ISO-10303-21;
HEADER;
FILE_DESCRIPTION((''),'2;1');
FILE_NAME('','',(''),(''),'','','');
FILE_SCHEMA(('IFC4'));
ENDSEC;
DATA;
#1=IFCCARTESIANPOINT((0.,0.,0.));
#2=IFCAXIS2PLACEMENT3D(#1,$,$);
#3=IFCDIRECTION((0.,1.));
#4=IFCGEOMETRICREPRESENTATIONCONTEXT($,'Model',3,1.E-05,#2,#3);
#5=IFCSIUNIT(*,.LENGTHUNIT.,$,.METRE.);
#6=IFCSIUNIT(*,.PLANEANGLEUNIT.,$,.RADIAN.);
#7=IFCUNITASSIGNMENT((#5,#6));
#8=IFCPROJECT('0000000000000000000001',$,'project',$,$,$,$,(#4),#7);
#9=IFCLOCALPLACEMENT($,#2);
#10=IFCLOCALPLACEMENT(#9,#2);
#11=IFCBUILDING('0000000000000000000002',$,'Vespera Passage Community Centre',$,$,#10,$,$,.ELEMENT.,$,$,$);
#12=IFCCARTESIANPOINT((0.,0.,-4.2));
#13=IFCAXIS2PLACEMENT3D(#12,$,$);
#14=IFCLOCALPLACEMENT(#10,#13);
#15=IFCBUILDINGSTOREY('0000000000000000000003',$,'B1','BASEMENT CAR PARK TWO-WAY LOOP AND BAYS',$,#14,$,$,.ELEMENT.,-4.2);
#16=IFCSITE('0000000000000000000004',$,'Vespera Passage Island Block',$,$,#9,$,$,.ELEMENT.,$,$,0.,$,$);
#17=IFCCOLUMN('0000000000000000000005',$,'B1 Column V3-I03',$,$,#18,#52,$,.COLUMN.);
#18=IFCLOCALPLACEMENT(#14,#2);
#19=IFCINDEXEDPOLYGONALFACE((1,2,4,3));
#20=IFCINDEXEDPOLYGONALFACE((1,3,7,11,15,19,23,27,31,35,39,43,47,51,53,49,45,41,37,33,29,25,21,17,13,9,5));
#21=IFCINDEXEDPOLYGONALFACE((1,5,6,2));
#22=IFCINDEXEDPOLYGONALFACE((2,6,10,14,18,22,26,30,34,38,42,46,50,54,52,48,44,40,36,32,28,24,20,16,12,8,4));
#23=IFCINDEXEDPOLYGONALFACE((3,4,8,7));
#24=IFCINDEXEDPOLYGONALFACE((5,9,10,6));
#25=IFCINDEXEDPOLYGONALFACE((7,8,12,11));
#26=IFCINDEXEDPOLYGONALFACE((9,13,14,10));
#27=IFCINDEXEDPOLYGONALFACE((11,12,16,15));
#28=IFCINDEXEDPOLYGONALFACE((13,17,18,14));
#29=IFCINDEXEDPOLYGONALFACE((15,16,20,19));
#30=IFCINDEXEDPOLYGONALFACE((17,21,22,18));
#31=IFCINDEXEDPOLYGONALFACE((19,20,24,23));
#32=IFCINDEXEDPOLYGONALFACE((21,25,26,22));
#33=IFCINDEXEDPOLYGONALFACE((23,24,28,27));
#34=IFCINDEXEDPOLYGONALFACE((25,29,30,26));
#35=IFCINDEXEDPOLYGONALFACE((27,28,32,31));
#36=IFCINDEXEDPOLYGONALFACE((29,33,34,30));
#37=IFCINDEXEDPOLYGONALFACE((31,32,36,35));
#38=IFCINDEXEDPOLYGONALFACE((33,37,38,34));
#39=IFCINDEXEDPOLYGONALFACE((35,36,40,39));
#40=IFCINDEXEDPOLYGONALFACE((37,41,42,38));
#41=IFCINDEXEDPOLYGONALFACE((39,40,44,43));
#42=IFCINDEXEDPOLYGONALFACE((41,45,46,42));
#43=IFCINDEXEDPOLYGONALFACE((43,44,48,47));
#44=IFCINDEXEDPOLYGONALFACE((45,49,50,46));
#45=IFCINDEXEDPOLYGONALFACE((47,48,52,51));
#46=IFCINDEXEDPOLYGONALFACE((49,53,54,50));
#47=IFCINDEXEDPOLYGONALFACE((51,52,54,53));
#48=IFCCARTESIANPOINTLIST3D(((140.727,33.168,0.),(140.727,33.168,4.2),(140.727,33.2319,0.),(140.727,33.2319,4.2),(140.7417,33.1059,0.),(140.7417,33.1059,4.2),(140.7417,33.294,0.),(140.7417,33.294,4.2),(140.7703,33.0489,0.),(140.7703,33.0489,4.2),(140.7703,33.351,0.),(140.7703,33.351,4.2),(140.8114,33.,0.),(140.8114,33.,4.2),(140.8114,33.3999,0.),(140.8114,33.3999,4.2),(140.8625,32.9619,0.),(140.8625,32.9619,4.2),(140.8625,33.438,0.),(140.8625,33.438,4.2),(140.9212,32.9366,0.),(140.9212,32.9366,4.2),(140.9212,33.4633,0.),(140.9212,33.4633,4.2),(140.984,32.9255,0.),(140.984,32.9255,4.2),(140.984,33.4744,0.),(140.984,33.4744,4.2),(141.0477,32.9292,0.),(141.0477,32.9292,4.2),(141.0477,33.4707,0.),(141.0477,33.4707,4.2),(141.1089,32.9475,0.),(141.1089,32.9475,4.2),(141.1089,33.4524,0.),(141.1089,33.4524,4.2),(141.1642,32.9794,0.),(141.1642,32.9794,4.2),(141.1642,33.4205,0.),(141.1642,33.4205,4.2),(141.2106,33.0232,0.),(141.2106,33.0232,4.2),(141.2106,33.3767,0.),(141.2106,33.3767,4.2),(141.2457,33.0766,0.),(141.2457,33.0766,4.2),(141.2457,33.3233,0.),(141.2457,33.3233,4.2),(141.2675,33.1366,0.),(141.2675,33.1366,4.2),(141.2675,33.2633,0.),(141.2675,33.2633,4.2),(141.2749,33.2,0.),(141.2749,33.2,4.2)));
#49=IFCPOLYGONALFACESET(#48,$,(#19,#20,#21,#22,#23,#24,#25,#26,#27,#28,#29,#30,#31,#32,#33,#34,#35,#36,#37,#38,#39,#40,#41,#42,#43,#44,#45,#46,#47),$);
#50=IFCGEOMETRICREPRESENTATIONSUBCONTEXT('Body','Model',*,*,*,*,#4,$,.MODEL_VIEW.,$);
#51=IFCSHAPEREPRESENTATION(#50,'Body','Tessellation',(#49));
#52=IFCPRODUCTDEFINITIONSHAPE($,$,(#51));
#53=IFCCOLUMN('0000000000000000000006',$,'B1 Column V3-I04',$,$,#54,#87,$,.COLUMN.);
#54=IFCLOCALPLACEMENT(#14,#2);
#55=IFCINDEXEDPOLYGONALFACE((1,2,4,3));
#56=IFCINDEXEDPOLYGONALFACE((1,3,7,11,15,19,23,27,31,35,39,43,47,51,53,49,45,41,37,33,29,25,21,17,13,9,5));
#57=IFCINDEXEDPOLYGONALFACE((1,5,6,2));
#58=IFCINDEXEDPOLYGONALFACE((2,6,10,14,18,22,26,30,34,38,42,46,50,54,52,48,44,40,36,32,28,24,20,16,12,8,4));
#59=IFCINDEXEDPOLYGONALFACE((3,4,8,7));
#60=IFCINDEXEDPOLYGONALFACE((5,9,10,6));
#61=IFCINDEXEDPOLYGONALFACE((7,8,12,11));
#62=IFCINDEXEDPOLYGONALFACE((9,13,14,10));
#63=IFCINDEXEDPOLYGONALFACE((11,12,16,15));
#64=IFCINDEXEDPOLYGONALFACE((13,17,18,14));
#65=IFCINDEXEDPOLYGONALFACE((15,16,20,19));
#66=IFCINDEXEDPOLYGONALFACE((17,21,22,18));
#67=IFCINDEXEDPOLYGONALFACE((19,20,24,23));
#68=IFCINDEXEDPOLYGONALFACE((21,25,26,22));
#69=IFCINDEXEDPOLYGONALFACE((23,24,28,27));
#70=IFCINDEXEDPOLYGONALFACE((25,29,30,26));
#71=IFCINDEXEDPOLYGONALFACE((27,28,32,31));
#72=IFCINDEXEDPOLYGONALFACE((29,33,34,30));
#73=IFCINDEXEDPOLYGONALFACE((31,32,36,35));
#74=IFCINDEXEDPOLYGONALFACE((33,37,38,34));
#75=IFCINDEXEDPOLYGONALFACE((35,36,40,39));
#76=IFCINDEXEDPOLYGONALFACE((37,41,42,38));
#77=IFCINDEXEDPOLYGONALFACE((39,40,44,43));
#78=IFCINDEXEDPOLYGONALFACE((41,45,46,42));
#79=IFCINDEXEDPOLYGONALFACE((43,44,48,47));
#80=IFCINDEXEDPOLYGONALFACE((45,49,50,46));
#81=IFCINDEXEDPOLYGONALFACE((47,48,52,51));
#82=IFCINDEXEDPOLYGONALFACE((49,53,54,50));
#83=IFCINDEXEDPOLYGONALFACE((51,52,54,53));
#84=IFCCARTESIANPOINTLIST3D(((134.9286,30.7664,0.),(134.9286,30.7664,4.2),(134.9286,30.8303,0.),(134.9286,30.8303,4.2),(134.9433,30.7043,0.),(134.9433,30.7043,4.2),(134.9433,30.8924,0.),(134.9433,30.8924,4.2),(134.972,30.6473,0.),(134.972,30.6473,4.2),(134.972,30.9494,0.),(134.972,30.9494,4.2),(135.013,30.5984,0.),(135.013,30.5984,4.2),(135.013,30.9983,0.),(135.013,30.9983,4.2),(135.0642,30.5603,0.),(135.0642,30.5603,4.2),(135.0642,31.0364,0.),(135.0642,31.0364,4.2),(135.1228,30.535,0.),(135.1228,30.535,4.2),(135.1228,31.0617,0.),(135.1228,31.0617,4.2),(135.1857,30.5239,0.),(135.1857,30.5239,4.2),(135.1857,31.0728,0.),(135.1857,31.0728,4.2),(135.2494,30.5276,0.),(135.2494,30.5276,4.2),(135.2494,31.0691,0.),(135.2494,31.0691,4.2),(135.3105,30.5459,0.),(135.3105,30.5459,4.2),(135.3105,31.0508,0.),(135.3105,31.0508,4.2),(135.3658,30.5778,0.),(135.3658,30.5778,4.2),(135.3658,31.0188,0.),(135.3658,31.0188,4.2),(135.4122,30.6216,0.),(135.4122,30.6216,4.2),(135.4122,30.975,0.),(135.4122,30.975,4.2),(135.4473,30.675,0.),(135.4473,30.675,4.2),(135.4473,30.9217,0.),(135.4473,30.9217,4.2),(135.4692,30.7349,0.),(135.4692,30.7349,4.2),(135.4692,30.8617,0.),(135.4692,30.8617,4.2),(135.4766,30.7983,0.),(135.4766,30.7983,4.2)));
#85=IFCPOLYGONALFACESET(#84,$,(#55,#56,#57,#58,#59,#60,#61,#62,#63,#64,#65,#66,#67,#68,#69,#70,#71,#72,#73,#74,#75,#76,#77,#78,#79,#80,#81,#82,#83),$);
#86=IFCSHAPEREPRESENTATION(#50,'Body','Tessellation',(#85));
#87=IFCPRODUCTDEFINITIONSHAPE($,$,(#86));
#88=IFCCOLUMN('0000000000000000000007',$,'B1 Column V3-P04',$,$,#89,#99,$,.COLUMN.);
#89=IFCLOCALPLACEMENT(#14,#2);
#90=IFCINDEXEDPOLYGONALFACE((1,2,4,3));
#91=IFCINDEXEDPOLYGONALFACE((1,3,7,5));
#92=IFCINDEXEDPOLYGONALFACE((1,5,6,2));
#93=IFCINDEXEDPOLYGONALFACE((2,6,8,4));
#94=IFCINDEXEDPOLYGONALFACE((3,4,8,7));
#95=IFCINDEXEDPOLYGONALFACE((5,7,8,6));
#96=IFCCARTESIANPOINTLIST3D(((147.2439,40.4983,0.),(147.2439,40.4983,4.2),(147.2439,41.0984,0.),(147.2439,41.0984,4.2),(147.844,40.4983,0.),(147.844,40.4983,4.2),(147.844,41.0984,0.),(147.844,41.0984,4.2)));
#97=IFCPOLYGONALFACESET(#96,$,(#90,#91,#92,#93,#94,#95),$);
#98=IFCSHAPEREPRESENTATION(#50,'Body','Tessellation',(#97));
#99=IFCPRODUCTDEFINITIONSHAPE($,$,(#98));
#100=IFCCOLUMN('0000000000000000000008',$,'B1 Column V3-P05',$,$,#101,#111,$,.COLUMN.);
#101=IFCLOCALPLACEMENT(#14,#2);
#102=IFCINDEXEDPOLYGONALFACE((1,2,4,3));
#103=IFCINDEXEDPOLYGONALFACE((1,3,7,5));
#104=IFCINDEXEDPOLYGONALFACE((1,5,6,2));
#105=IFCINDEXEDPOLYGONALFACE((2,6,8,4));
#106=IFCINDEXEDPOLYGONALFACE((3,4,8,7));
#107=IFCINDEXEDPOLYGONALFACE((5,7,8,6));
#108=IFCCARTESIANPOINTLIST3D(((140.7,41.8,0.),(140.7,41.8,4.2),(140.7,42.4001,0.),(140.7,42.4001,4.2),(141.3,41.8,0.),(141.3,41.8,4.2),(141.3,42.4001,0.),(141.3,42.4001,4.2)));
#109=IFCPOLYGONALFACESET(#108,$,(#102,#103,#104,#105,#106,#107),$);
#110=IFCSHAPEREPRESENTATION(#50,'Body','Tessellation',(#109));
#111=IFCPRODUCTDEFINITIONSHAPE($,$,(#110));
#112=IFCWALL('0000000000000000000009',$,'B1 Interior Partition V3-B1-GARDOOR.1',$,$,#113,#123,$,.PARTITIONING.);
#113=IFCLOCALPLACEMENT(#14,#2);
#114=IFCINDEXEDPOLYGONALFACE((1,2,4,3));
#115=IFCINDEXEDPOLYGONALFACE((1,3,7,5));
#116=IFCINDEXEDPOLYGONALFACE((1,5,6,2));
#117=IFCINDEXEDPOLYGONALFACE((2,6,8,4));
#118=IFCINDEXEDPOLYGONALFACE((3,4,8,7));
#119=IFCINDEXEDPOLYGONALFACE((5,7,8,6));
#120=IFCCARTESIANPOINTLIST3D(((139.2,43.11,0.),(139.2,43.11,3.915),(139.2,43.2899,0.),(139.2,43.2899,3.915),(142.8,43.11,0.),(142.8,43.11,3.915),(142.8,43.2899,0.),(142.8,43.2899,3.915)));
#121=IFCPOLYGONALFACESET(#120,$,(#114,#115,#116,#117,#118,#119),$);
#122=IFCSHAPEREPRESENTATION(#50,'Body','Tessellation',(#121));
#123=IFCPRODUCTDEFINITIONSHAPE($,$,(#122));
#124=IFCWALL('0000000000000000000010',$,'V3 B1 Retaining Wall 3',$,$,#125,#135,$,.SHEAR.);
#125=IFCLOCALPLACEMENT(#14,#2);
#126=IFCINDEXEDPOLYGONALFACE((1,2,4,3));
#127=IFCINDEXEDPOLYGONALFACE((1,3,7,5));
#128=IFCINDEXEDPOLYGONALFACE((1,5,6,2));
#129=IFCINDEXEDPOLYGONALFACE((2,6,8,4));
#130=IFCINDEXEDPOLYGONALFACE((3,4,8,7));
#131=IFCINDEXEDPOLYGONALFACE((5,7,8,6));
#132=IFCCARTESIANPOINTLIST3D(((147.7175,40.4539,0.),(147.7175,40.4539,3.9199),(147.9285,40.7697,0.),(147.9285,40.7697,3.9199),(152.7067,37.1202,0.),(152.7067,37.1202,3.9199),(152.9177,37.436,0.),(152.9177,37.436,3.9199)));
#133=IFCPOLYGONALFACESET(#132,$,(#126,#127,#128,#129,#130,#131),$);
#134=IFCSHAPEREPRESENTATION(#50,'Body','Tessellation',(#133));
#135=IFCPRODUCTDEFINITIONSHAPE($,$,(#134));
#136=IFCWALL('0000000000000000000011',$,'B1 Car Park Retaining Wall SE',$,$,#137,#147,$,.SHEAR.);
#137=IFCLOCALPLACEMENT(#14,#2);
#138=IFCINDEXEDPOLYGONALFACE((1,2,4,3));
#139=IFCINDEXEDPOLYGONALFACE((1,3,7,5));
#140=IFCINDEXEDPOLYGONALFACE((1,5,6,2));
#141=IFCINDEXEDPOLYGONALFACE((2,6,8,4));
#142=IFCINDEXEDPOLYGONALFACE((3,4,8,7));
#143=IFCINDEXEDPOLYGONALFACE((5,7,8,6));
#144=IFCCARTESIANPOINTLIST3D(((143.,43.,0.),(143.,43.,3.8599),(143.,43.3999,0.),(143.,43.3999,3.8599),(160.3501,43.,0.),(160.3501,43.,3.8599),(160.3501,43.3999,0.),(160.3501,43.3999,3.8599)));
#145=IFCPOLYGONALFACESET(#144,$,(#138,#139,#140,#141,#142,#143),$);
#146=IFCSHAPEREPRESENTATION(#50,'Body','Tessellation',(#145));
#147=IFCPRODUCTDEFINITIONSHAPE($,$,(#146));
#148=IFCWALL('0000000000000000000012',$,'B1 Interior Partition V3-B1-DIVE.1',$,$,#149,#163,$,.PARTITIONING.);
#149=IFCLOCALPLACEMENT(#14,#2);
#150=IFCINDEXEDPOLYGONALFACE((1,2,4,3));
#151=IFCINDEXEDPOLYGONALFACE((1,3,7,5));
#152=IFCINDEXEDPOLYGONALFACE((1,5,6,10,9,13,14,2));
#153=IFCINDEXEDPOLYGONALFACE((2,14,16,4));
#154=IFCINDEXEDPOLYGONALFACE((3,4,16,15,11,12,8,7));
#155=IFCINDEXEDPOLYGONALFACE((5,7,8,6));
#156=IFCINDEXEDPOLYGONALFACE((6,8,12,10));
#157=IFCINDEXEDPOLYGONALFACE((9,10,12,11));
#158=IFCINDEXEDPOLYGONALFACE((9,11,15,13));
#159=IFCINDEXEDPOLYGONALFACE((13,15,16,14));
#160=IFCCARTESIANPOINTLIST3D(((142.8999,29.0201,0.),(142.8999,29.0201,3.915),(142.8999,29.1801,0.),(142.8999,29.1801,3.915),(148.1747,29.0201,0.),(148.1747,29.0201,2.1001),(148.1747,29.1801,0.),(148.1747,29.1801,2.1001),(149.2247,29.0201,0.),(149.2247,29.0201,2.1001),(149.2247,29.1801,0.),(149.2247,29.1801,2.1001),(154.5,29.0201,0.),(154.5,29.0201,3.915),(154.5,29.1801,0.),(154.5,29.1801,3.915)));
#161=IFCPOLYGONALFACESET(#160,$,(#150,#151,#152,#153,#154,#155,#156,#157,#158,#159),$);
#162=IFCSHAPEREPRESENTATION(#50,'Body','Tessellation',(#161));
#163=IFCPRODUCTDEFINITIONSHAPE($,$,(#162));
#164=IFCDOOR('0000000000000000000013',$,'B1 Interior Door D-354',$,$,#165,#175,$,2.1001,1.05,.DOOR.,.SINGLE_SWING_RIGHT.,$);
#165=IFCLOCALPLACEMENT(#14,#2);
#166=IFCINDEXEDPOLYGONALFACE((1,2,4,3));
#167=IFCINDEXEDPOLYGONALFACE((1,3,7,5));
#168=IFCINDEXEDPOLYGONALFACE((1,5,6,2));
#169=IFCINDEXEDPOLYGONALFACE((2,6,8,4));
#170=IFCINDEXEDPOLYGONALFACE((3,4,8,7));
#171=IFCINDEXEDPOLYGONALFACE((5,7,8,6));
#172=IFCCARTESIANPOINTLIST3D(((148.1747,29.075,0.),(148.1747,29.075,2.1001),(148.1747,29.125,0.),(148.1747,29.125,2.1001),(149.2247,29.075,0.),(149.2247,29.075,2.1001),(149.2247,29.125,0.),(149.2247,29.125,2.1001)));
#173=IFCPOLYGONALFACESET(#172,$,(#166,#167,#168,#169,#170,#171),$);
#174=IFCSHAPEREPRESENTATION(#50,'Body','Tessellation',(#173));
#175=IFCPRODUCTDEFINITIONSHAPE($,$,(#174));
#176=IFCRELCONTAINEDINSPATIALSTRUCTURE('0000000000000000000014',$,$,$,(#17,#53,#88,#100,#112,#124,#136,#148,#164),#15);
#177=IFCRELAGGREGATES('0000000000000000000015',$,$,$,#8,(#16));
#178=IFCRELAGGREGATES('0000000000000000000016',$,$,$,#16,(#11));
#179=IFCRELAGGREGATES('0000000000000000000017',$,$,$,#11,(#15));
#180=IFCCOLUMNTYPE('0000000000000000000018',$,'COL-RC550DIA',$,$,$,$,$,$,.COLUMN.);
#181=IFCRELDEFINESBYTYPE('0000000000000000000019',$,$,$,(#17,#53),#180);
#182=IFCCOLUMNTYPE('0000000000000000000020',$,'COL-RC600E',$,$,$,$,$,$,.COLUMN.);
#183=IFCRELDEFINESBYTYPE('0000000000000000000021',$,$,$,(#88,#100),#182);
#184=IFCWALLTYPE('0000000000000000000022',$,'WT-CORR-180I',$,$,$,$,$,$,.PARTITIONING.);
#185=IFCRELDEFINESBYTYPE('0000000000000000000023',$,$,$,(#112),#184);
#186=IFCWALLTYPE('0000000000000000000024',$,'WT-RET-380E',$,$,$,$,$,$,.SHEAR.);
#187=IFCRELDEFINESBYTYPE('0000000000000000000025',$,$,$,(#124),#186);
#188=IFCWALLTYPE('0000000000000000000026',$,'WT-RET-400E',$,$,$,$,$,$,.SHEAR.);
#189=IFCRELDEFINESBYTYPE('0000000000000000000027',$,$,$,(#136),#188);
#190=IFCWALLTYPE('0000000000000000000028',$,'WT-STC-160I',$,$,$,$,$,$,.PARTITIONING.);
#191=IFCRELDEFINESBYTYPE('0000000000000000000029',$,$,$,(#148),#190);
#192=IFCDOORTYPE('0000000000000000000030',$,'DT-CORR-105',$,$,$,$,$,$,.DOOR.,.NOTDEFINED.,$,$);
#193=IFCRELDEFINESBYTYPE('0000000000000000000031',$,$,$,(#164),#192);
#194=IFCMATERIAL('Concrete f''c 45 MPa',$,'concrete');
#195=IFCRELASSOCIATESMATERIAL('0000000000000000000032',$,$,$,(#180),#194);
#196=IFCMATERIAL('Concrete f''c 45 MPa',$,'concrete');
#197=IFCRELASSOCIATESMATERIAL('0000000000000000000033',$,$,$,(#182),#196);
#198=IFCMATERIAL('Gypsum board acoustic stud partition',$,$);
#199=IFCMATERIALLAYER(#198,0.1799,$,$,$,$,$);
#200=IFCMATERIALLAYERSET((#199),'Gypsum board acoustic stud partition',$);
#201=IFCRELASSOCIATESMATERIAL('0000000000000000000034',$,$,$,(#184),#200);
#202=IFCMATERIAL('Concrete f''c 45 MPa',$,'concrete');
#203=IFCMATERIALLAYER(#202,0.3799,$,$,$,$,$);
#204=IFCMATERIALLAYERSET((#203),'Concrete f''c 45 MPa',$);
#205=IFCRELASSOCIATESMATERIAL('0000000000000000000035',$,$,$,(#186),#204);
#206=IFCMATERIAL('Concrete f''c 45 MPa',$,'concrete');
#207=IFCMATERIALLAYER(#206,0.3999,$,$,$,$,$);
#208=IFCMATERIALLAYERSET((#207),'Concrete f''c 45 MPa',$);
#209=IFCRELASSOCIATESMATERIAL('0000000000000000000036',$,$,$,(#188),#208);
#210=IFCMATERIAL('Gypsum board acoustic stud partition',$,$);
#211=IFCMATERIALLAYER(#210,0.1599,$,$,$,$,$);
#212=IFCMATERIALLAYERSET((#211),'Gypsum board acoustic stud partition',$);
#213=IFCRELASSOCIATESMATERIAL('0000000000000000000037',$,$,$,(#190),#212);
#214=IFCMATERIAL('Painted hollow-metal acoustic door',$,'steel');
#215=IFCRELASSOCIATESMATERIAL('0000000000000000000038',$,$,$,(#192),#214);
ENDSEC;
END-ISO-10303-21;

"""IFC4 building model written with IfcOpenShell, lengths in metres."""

from ifc_helpers import new_model, si_unit, direction, frame, frame_2d, origin, origin_2d, place, context, subcontext, project, spatial, rectangle, circle, extrude, material, layer, layer_set, material_profile, profile_set, type_object, element, fill, save


model = new_model("IFC4")

# Units and contexts
model_context = context("Model", 3, precision=1e-05, world=origin(), true_north=direction((0.0, 1.0)))
body_context = subcontext(model_context, "Body", "Model", "MODEL_VIEW")
ifc_project = project(units=[si_unit("LENGTHUNIT", "METRE"), si_unit("PLANEANGLEUNIT", "RADIAN")], contexts=[model_context])

# Site, building, storey
site_placement = place(None, origin())
site = spatial("IfcSite", under=ifc_project, at=site_placement, Name="Vespera Passage Island Block", CompositionType="ELEMENT", RefElevation=0.0)
building_placement = place(site_placement, origin())
building = spatial("IfcBuilding", under=site, at=building_placement, Name="Vespera Passage Community Centre", CompositionType="ELEMENT")
storey_placement = place(building_placement, frame((0.0, 0.0, -4.2)))
storey = spatial("IfcBuildingStorey", under=building, at=storey_placement, Name="B1", Description="BASEMENT CAR PARK TWO-WAY LOOP AND BAYS", CompositionType="ELEMENT", Elevation=-4.2)

# Columns
ifc_material_1 = material(Name="Concrete f'c 45 MPa", Category="concrete")
ifc_material_profile_1 = material_profile(ifc_material_1, circle(Radius=0.2749, at=origin_2d()), Name="RC550DIA")
ifc_profile_set_1 = profile_set([ifc_material_profile_1], Name="Concrete f'c 45 MPa")
column_type_1 = type_object("IfcColumnType", Name="COL-RC550DIA", PredefinedType="COLUMN", material=ifc_profile_set_1)
for number, where, z_axis, x_axis, name in (
    (1, (141.0, 33.2, 0.0), (0.0, 0.0, 1.0), (1.0, 0.0, 0.0), "B1 Column V3-I03"),
    (2, (135.2017, 30.7983, 0.0), (0.0, 0.0, 1.0), (1.0, 0.0, 0.0), "B1 Column V3-I04"),
):
    element("IfcColumn", number, at=place(storey_placement, frame(where, z_axis=z_axis, x_axis=x_axis)), inside=storey, type_object=column_type_1, Name=name, PredefinedType="COLUMN", context=body_context, shape_type="SweptSolid", body=[
        extrude(circle(Radius=0.2749, at=origin_2d()), origin(), (0.0, 0.0, 1.0), 4.2),
    ])
ifc_material_2 = material(Name="Concrete f'c 45 MPa", Category="concrete")
ifc_material_profile_2 = material_profile(ifc_material_2, rectangle(XDim=0.6001, YDim=0.6001, at=origin_2d()), Name="RC600X600")
ifc_profile_set_2 = profile_set([ifc_material_profile_2], Name="Concrete f'c 45 MPa")
column_type_2 = type_object("IfcColumnType", Name="COL-RC600E", PredefinedType="COLUMN", material=ifc_profile_set_2)
for number, where, z_axis, x_axis, name in (
    (3, (147.5439, 40.7983, 0.0), (0.0, 0.0, 1.0), (1.0, 0.0, 0.0), "B1 Column V3-P04"),
    (4, (141.0, 42.1001, 0.0), (0.0, 0.0, 1.0), (1.0, 0.0, 0.0), "B1 Column V3-P05"),
):
    element("IfcColumn", number, at=place(storey_placement, frame(where, z_axis=z_axis, x_axis=x_axis)), inside=storey, type_object=column_type_2, Name=name, PredefinedType="COLUMN", context=body_context, shape_type="SweptSolid", body=[
        extrude(rectangle(XDim=0.6001, YDim=0.6001, at=origin_2d()), origin(), (0.0, 0.0, 1.0), 4.2),
    ])

# Walls
ifc_material_3 = material(Name="Gypsum board acoustic stud partition")
ifc_layer_1 = layer(ifc_material_3, 0.1799)
ifc_layer_set_1 = layer_set([ifc_layer_1], Name="Gypsum board acoustic stud partition")
wall_type_1 = type_object("IfcWallType", Name="WT-CORR-180I", PredefinedType="PARTITIONING", material=ifc_layer_set_1)
wall_1_placement = place(storey_placement, frame((139.2, 43.2, 0.0), z_axis=(0.0, 0.0, 1.0), x_axis=(1.0, 0.0, 0.0)))
element("IfcWall", 5, at=wall_1_placement, inside=storey, type_object=wall_type_1, Name="B1 Interior Partition V3-B1-GARDOOR.1", PredefinedType="PARTITIONING", context=body_context, shape_type="SweptSolid", body=[
    extrude(rectangle(XDim=3.6001, YDim=0.1799, at=frame_2d((1.8, 0.0))), origin(), (0.0, 0.0, 1.0), 3.915),
])
ifc_material_4 = material(Name="Concrete f'c 45 MPa", Category="concrete")
ifc_layer_2 = layer(ifc_material_4, 0.3799)
ifc_layer_set_2 = layer_set([ifc_layer_2], Name="Concrete f'c 45 MPa")
wall_type_2 = type_object("IfcWallType", Name="WT-RET-380E", PredefinedType="SHEAR", material=ifc_layer_set_2)
wall_2_placement = place(storey_placement, frame((147.823, 40.6118, 0.0), z_axis=(0.0, 0.0, 1.0), x_axis=(0.831468, -0.555573, 0.0)))
element("IfcWall", 6, at=wall_2_placement, inside=storey, type_object=wall_type_2, Name="V3 B1 Retaining Wall 3", PredefinedType="SHEAR", context=body_context, shape_type="SweptSolid", body=[
    extrude(rectangle(XDim=6.0005, YDim=0.3799, at=frame_2d((3.0002, 0.0))), origin(), (0.0, 0.0, 1.0), 3.9199),
])
ifc_material_5 = material(Name="Concrete f'c 45 MPa", Category="concrete")
ifc_layer_3 = layer(ifc_material_5, 0.3999)
ifc_layer_set_3 = layer_set([ifc_layer_3], Name="Concrete f'c 45 MPa")
wall_type_3 = type_object("IfcWallType", Name="WT-RET-400E", PredefinedType="SHEAR", material=ifc_layer_set_3)
wall_3_placement = place(storey_placement, frame((143.0, 43.2, 0.0), z_axis=(0.0, 0.0, 1.0), x_axis=(1.0, 0.0, 0.0)))
element("IfcWall", 7, at=wall_3_placement, inside=storey, type_object=wall_type_3, Name="B1 Car Park Retaining Wall SE", PredefinedType="SHEAR", context=body_context, shape_type="SweptSolid", body=[
    extrude(rectangle(XDim=17.3501, YDim=0.3999, at=frame_2d((8.675, 0.0))), origin(), (0.0, 0.0, 1.0), 3.8599),
])

# Wall, opening, door
ifc_material_6 = material(Name="Gypsum board acoustic stud partition")
ifc_layer_4 = layer(ifc_material_6, 0.1599)
ifc_layer_set_4 = layer_set([ifc_layer_4], Name="Gypsum board acoustic stud partition")
wall_type_4 = type_object("IfcWallType", Name="WT-STC-160I", PredefinedType="PARTITIONING", material=ifc_layer_set_4)
wall_4_placement = place(storey_placement, frame((142.8999, 29.1001, 0.0), z_axis=(0.0, 0.0, 1.0), x_axis=(1.0, 0.0, 0.0)))
wall_4 = element("IfcWall", 8, at=wall_4_placement, inside=storey, type_object=wall_type_4, Name="B1 Interior Partition V3-B1-DIVE.1", PredefinedType="PARTITIONING", context=body_context, shape_type="SweptSolid", body=[
    extrude(rectangle(XDim=11.6001, YDim=0.1599, at=frame_2d((5.8, 0.0))), origin(), (0.0, 0.0, 1.0), 3.915),
])
opening_placement = place(wall_4_placement, frame((5.2749, 0.0, 0.0)))
opening = element("IfcOpeningElement", 9, at=opening_placement, cuts=wall_4, PredefinedType="OPENING", context=body_context, shape_type="SweptSolid", body=[
    extrude(rectangle(XDim=1.05, YDim=2.1001, at=frame_2d((0.5249, 1.05))), frame((0.0, 0.0901, 0.0), z_axis=(0.0, -1.0, 0.0), x_axis=(1.0, 0.0, 0.0)), (0.0, 0.0, 1.0), 0.1799),
])
ifc_material_7 = material(Name="Painted hollow-metal acoustic door", Category="steel")
door_type = type_object("IfcDoorType", Name="DT-CORR-105", OperationType="NOTDEFINED", PredefinedType="DOOR", material=ifc_material_7)
door_placement = place(opening_placement, origin())
door = element("IfcDoor", 10, at=door_placement, inside=storey, type_object=door_type, Name="B1 Interior Door D-354", OperationType="SINGLE_SWING_RIGHT", OverallHeight=2.1001, OverallWidth=1.05, PredefinedType="DOOR", context=body_context, shape_type="SweptSolid", body=[
    extrude(rectangle(XDim=1.05, YDim=2.1001, at=frame_2d((0.5249, 1.05))), frame((0.0, 0.0249, 0.0), z_axis=(0.0, -1.0, 0.0), x_axis=(1.0, 0.0, 0.0)), (0.0, 0.0, 1.0), 0.05),
])
fill(opening, door)

save(model, "model.ifc")
